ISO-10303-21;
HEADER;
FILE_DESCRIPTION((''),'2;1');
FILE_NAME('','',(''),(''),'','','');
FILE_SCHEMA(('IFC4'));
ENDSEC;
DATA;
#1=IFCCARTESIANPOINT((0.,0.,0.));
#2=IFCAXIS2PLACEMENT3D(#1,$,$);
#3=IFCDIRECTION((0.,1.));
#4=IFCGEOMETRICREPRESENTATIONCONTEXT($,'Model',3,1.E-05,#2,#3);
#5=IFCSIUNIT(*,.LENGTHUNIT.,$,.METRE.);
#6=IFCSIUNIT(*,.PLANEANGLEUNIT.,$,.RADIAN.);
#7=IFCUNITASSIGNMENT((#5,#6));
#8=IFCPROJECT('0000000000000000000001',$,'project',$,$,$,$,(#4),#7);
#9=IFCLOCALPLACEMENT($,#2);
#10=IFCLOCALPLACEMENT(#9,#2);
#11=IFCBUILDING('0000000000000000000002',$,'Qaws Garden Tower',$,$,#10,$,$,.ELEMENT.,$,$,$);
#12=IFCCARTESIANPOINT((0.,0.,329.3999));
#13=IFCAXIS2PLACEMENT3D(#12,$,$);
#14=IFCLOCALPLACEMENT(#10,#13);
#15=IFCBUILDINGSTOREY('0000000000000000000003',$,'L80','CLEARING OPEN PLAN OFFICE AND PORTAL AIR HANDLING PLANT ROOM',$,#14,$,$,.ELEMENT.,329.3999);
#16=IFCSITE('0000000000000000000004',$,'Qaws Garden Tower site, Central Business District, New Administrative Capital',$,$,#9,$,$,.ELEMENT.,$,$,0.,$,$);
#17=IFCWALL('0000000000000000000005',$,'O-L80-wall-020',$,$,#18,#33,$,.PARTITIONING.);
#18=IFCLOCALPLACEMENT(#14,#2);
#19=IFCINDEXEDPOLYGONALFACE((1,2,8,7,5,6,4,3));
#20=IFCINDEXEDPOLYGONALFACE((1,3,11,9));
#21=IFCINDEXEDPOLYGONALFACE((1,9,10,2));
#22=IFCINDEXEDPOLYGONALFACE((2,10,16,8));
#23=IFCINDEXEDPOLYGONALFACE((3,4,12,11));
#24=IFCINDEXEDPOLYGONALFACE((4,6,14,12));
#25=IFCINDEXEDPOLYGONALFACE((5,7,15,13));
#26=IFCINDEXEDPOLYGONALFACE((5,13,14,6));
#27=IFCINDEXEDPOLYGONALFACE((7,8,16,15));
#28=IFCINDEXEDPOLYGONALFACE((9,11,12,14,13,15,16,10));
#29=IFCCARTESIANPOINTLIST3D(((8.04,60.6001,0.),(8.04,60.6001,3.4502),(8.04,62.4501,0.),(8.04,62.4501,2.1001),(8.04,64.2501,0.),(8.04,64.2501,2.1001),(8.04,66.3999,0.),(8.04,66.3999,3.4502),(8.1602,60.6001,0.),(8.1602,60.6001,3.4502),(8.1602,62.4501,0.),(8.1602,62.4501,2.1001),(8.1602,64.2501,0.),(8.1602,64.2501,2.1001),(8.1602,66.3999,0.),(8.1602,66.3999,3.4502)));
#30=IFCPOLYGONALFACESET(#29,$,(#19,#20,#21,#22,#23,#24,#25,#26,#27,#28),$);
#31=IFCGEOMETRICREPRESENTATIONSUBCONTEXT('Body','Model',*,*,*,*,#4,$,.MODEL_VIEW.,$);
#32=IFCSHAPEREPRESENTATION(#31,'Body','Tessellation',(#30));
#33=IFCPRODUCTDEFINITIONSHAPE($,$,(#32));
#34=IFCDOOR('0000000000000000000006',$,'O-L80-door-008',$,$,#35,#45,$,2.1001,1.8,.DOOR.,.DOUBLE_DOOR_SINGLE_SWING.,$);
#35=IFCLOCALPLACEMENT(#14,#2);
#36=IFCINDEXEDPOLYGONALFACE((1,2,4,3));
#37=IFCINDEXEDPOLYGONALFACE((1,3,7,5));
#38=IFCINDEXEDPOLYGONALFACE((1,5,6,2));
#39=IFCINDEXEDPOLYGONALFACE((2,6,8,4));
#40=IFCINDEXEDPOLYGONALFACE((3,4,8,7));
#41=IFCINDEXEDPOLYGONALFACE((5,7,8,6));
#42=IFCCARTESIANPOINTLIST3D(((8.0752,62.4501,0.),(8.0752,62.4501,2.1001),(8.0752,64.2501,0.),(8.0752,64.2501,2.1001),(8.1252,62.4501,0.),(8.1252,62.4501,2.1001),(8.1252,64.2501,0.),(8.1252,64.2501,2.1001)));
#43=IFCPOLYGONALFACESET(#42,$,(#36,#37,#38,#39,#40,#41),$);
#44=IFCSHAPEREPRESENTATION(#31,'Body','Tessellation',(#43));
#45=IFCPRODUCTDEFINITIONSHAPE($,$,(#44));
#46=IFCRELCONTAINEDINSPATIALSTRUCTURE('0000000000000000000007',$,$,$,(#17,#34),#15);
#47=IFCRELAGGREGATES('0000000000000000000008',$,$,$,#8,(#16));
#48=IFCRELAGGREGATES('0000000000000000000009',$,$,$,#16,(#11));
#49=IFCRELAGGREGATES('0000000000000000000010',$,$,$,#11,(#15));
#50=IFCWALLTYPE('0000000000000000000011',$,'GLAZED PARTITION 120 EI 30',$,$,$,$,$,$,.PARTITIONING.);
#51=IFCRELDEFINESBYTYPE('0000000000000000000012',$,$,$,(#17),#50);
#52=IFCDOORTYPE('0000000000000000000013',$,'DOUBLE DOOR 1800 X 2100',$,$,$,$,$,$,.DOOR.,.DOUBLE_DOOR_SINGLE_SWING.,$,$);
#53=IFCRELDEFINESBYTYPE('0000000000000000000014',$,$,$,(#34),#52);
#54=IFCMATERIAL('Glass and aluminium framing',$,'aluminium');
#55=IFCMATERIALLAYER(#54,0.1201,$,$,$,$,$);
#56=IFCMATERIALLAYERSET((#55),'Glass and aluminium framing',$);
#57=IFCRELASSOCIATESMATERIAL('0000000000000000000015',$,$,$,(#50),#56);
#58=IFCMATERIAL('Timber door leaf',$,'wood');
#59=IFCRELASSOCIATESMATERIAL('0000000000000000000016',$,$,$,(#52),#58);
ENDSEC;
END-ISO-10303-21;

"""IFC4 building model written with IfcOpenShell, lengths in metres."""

from ifc_helpers import new_model, si_unit, direction, frame, frame_2d, origin, place, context, subcontext, project, spatial, rectangle, extrude, material, layer, layer_set, type_object, element, fill, save


model = new_model("IFC4")

# Units and contexts
model_context = context("Model", 3, precision=1e-05, world=origin(), true_north=direction((0.0, 1.0)))
body_context = subcontext(model_context, "Body", "Model", "MODEL_VIEW")
ifc_project = project(units=[si_unit("LENGTHUNIT", "METRE"), si_unit("PLANEANGLEUNIT", "RADIAN")], contexts=[model_context])

# Site, building, storey
site_placement = place(None, origin())
site = spatial("IfcSite", under=ifc_project, at=site_placement, Name="Qaws Garden Tower site, Central Business District, New Administrative Capital", CompositionType="ELEMENT", RefElevation=0.0)
building_placement = place(site_placement, origin())
building = spatial("IfcBuilding", under=site, at=building_placement, Name="Qaws Garden Tower", CompositionType="ELEMENT")
storey_placement = place(building_placement, frame((0.0, 0.0, 329.3999)))
storey = spatial("IfcBuildingStorey", under=building, at=storey_placement, Name="L80", Description="CLEARING OPEN PLAN OFFICE AND PORTAL AIR HANDLING PLANT ROOM", CompositionType="ELEMENT", Elevation=329.3999)

# Wall, opening, door
ifc_material_1 = material(Name="Glass and aluminium framing", Category="aluminium")
ifc_layer_1 = layer(ifc_material_1, 0.1201)
ifc_layer_set_1 = layer_set([ifc_layer_1], Name="Glass and aluminium framing")
wall_type_1 = type_object("IfcWallType", Name="GLAZED PARTITION 120 EI 30", PredefinedType="PARTITIONING", material=ifc_layer_set_1)
wall_1_placement = place(storey_placement, frame((8.1001, 60.6001, 0.0), z_axis=(0.0, 0.0, 1.0), x_axis=(0.0, 1.0, 0.0)))
wall_1 = element("IfcWall", 1, at=wall_1_placement, inside=storey, type_object=wall_type_1, Name="O-L80-wall-020", PredefinedType="PARTITIONING", context=body_context, shape_type="SweptSolid", body=[
    extrude(rectangle(XDim=5.7998, YDim=0.1201, at=frame_2d((2.8999, 0.0))), origin(), (0.0, 0.0, 1.0), 3.4502),
])
opening_1_placement = place(wall_1_placement, frame((1.8501, 0.0, 0.0)))
opening_1 = element("IfcOpeningElement", 2, at=opening_1_placement, cuts=wall_1, PredefinedType="OPENING", context=body_context, shape_type="SweptSolid", body=[
    extrude(rectangle(XDim=1.8, YDim=2.1001, at=frame_2d((0.8999, 1.05))), frame((0.0, 0.0701, 0.0), z_axis=(0.0, -1.0, 0.0), x_axis=(1.0, 0.0, 0.0)), (0.0, 0.0, 1.0), 0.1401),
])
ifc_material_2 = material(Name="Timber door leaf", Category="wood")
door_type = type_object("IfcDoorType", Name="DOUBLE DOOR 1800 X 2100", OperationType="DOUBLE_DOOR_SINGLE_SWING", PredefinedType="DOOR", material=ifc_material_2)
door_placement = place(opening_1_placement, origin())
door = element("IfcDoor", 3, at=door_placement, inside=storey, type_object=door_type, Name="O-L80-door-008", OperationType="DOUBLE_DOOR_SINGLE_SWING", OverallHeight=2.1001, OverallWidth=1.8, PredefinedType="DOOR", context=body_context, shape_type="SweptSolid", body=[
    extrude(rectangle(XDim=1.8, YDim=2.1001, at=frame_2d((0.8999, 1.05))), frame((0.0, 0.0249, 0.0), z_axis=(0.0, -1.0, 0.0), x_axis=(1.0, 0.0, 0.0)), (0.0, 0.0, 1.0), 0.05),
])
fill(opening_1, door)

save(model, "model.ifc")
